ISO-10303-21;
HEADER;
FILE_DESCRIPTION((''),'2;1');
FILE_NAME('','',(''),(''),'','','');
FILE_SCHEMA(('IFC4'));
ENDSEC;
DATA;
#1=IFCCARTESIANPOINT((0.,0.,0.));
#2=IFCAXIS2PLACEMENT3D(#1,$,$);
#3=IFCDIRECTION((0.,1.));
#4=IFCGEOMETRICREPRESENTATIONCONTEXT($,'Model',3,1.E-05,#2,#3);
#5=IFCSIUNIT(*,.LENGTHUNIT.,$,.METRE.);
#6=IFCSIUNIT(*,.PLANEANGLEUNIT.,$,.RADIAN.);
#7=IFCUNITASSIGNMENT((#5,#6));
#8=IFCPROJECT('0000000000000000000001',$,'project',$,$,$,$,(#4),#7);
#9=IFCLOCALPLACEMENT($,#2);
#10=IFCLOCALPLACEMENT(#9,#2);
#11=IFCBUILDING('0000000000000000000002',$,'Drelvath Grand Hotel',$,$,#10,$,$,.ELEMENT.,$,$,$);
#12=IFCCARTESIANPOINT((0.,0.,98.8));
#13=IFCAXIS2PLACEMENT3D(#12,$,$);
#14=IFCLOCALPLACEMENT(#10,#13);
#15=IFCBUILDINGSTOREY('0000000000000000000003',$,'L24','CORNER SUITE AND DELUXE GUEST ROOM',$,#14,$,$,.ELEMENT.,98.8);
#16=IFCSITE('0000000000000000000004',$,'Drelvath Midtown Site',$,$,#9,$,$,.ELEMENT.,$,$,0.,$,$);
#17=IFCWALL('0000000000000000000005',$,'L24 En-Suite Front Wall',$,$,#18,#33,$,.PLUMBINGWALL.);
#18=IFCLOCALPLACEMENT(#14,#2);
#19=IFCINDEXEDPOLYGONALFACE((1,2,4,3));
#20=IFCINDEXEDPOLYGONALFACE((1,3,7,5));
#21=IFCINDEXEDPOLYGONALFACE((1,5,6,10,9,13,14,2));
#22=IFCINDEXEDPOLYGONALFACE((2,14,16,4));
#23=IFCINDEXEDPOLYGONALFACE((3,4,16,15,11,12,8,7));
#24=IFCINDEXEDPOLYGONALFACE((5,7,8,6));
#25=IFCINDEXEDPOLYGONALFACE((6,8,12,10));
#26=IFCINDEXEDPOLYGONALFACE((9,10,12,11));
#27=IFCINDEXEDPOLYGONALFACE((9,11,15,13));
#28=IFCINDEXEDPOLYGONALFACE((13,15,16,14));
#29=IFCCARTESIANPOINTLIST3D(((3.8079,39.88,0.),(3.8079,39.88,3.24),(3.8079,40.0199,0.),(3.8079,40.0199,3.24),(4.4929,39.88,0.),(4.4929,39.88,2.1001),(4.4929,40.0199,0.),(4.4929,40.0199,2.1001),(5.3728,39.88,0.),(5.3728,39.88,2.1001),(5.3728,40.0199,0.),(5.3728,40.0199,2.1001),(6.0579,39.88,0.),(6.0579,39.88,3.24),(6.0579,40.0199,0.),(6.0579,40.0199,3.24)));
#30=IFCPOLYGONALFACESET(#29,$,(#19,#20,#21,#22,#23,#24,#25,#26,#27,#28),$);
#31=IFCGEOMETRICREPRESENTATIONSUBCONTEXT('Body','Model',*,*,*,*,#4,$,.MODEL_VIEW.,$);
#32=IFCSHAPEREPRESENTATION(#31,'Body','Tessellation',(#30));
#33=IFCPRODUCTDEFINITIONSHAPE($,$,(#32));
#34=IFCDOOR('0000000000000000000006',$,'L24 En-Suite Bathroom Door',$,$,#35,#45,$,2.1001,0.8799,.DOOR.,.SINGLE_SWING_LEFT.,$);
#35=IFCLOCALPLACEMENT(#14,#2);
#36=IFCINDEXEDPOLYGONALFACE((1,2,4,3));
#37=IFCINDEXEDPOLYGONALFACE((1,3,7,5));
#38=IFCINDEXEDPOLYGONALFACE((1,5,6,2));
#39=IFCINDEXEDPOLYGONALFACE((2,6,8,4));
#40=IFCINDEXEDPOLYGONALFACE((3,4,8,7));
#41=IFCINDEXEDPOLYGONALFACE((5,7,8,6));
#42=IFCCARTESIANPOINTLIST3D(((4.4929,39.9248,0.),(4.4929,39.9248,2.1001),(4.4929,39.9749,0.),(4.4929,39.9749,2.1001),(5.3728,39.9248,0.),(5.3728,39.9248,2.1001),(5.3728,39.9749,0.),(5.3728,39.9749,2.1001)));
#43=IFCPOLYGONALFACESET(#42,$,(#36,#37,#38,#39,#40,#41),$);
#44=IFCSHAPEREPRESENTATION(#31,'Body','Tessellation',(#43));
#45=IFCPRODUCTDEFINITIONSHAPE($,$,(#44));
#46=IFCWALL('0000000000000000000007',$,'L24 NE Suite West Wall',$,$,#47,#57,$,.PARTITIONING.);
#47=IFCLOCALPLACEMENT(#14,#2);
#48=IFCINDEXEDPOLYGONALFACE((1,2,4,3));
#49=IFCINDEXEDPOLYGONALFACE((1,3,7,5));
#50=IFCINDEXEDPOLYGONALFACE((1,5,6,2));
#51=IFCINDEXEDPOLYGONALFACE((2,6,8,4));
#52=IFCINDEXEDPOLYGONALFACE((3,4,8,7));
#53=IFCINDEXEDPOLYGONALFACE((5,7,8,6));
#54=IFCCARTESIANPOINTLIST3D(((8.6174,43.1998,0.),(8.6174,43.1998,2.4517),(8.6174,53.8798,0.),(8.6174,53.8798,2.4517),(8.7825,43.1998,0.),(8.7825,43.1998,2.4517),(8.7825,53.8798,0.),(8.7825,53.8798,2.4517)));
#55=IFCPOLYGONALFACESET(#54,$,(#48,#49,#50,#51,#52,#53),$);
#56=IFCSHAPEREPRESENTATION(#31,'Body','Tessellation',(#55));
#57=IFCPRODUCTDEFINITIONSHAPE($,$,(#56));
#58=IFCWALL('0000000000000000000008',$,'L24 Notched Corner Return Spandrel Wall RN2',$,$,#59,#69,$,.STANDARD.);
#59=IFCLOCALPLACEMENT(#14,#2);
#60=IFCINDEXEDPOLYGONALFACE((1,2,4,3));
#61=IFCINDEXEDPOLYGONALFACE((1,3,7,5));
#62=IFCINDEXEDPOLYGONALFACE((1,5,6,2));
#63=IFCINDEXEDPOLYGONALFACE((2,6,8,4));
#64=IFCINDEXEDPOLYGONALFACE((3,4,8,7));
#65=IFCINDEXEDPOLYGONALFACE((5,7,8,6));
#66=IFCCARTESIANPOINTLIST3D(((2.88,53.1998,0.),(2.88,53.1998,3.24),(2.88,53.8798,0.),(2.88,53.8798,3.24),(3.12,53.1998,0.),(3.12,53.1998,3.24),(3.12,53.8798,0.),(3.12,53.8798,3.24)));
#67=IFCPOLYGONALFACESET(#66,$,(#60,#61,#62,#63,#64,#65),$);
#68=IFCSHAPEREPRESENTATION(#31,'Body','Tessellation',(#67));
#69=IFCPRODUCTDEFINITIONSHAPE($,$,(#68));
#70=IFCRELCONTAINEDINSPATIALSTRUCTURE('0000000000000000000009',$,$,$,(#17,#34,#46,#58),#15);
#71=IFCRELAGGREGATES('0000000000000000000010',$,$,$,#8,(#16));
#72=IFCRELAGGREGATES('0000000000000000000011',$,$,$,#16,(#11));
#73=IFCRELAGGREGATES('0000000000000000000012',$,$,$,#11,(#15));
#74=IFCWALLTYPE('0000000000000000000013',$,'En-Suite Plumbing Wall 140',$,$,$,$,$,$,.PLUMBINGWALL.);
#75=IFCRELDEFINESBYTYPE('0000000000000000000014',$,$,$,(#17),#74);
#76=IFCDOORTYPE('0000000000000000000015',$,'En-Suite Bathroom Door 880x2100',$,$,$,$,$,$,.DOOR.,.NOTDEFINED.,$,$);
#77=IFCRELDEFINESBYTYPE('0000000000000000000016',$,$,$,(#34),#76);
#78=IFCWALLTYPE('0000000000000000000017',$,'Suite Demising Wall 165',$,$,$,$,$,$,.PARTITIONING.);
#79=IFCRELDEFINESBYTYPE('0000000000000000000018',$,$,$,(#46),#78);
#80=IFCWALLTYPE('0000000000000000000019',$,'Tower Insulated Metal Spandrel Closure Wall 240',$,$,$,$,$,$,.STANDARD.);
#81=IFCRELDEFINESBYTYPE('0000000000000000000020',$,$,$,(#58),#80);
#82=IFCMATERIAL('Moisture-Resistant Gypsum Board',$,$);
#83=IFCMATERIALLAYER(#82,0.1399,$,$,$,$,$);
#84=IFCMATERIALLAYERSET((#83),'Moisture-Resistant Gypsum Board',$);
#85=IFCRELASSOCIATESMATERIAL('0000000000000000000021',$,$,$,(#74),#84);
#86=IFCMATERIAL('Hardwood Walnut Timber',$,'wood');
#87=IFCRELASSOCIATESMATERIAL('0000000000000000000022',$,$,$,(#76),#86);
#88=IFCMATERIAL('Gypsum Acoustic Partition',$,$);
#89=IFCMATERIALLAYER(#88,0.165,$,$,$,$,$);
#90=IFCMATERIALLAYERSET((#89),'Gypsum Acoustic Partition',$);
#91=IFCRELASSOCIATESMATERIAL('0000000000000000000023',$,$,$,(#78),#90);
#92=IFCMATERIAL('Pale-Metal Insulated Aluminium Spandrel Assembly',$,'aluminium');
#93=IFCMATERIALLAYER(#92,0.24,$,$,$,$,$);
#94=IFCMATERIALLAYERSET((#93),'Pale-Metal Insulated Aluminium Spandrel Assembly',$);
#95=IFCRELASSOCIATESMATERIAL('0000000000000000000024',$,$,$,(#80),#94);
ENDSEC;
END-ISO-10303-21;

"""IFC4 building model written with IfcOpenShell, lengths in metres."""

from ifc_helpers import new_model, si_unit, direction, frame, frame_2d, origin, place, context, subcontext, project, spatial, rectangle, extrude, material, layer, layer_set, type_object, element, fill, save


model = new_model("IFC4")

# Units and contexts
model_context = context("Model", 3, precision=1e-05, world=origin(), true_north=direction((0.0, 1.0)))
body_context = subcontext(model_context, "Body", "Model", "MODEL_VIEW")
ifc_project = project(units=[si_unit("LENGTHUNIT", "METRE"), si_unit("PLANEANGLEUNIT", "RADIAN")], contexts=[model_context])

# Site, building, storey
site_placement = place(None, origin())
site = spatial("IfcSite", under=ifc_project, at=site_placement, Name="Drelvath Midtown Site", CompositionType="ELEMENT", RefElevation=0.0)
building_placement = place(site_placement, origin())
building = spatial("IfcBuilding", under=site, at=building_placement, Name="Drelvath Grand Hotel", CompositionType="ELEMENT")
storey_placement = place(building_placement, frame((0.0, 0.0, 98.8)))
storey = spatial("IfcBuildingStorey", under=building, at=storey_placement, Name="L24", Description="CORNER SUITE AND DELUXE GUEST ROOM", CompositionType="ELEMENT", Elevation=98.8)

# Shared definitions
ifc_material_1 = material(Name="Hardwood Walnut Timber", Category="wood")

# Shared definitions
ifc_material_2 = material(Name="Moisture-Resistant Gypsum Board")
ifc_layer_1 = layer(ifc_material_2, 0.1399)
ifc_layer_set_1 = layer_set([ifc_layer_1], Name="Moisture-Resistant Gypsum Board")
wall_type_1 = type_object("IfcWallType", Name="En-Suite Plumbing Wall 140", PredefinedType="PLUMBINGWALL", material=ifc_layer_set_1)

# Wall, opening, door
wall_1_placement = place(storey_placement, frame((3.8079, 39.95, 0.0), z_axis=(0.0, 0.0, 1.0), x_axis=(1.0, 0.0, 0.0)))
wall_1 = element("IfcWall", 1, at=wall_1_placement, inside=storey, type_object=wall_type_1, Name="L24 En-Suite Front Wall", PredefinedType="PLUMBINGWALL", context=body_context, shape_type="SweptSolid", body=[
    extrude(rectangle(XDim=2.25, YDim=0.1399, at=frame_2d((1.125, 0.0))), origin(), (0.0, 0.0, 1.0), 3.24),
])
opening_1_placement = place(wall_1_placement, frame((0.6851, 0.0, 0.0)))
opening_1 = element("IfcOpeningElement", 2, at=opening_1_placement, cuts=wall_1, PredefinedType="OPENING", context=body_context, shape_type="SweptSolid", body=[
    extrude(rectangle(XDim=0.8799, YDim=2.1001, at=frame_2d((0.4399, 1.05))), frame((0.0, 0.0798, 0.0), z_axis=(0.0, -1.0, 0.0), x_axis=(1.0, 0.0, 0.0)), (0.0, 0.0, 1.0), 0.1599),
])
door_type_1 = type_object("IfcDoorType", Name="En-Suite Bathroom Door 880x2100", OperationType="NOTDEFINED", PredefinedType="DOOR", material=ifc_material_1)
door_1_placement = place(opening_1_placement, origin())
door_1 = element("IfcDoor", 3, at=door_1_placement, inside=storey, type_object=door_type_1, Name="L24 En-Suite Bathroom Door", OperationType="SINGLE_SWING_LEFT", OverallHeight=2.1001, OverallWidth=0.8799, PredefinedType="DOOR", context=body_context, shape_type="SweptSolid", body=[
    extrude(rectangle(XDim=0.8799, YDim=2.1001, at=frame_2d((0.4399, 1.05))), frame((0.0, 0.0249, 0.0), z_axis=(0.0, -1.0, 0.0), x_axis=(1.0, 0.0, 0.0)), (0.0, 0.0, 1.0), 0.05),
])
fill(opening_1, door_1)

# Walls
ifc_material_3 = material(Name="Gypsum Acoustic Partition")
ifc_layer_2 = layer(ifc_material_3, 0.165)
ifc_layer_set_2 = layer_set([ifc_layer_2], Name="Gypsum Acoustic Partition")
wall_type_2 = type_object("IfcWallType", Name="Suite Demising Wall 165", PredefinedType="PARTITIONING", material=ifc_layer_set_2)
wall_2_placement = place(storey_placement, frame((8.7, 43.2, 0.0), z_axis=(0.0, 0.0, 1.0), x_axis=(0.0, 1.0, 0.0)))
element("IfcWall", 4, at=wall_2_placement, inside=storey, type_object=wall_type_2, Name="L24 NE Suite West Wall", PredefinedType="PARTITIONING", context=body_context, shape_type="SweptSolid", body=[
    extrude(rectangle(XDim=10.6799, YDim=0.165, at=frame_2d((5.3398, 0.0))), origin(), (0.0, 0.0, 1.0), 2.4517),
])
ifc_material_4 = material(Name="Pale-Metal Insulated Aluminium Spandrel Assembly", Category="aluminium")
ifc_layer_3 = layer(ifc_material_4, 0.24)
ifc_layer_set_3 = layer_set([ifc_layer_3], Name="Pale-Metal Insulated Aluminium Spandrel Assembly")
wall_type_3 = type_object("IfcWallType", Name="Tower Insulated Metal Spandrel Closure Wall 240", PredefinedType="STANDARD", material=ifc_layer_set_3)
wall_3_placement = place(storey_placement, frame((3.0, 53.2, 0.0), z_axis=(0.0, 0.0, 1.0), x_axis=(0.0, 1.0, 0.0)))
element("IfcWall", 5, at=wall_3_placement, inside=storey, type_object=wall_type_3, Name="L24 Notched Corner Return Spandrel Wall RN2", PredefinedType="STANDARD", context=body_context, shape_type="SweptSolid", body=[
    extrude(rectangle(XDim=0.6799, YDim=0.24, at=frame_2d((0.3398, 0.0))), origin(), (0.0, 0.0, 1.0), 3.24),
])

save(model, "model.ifc")
